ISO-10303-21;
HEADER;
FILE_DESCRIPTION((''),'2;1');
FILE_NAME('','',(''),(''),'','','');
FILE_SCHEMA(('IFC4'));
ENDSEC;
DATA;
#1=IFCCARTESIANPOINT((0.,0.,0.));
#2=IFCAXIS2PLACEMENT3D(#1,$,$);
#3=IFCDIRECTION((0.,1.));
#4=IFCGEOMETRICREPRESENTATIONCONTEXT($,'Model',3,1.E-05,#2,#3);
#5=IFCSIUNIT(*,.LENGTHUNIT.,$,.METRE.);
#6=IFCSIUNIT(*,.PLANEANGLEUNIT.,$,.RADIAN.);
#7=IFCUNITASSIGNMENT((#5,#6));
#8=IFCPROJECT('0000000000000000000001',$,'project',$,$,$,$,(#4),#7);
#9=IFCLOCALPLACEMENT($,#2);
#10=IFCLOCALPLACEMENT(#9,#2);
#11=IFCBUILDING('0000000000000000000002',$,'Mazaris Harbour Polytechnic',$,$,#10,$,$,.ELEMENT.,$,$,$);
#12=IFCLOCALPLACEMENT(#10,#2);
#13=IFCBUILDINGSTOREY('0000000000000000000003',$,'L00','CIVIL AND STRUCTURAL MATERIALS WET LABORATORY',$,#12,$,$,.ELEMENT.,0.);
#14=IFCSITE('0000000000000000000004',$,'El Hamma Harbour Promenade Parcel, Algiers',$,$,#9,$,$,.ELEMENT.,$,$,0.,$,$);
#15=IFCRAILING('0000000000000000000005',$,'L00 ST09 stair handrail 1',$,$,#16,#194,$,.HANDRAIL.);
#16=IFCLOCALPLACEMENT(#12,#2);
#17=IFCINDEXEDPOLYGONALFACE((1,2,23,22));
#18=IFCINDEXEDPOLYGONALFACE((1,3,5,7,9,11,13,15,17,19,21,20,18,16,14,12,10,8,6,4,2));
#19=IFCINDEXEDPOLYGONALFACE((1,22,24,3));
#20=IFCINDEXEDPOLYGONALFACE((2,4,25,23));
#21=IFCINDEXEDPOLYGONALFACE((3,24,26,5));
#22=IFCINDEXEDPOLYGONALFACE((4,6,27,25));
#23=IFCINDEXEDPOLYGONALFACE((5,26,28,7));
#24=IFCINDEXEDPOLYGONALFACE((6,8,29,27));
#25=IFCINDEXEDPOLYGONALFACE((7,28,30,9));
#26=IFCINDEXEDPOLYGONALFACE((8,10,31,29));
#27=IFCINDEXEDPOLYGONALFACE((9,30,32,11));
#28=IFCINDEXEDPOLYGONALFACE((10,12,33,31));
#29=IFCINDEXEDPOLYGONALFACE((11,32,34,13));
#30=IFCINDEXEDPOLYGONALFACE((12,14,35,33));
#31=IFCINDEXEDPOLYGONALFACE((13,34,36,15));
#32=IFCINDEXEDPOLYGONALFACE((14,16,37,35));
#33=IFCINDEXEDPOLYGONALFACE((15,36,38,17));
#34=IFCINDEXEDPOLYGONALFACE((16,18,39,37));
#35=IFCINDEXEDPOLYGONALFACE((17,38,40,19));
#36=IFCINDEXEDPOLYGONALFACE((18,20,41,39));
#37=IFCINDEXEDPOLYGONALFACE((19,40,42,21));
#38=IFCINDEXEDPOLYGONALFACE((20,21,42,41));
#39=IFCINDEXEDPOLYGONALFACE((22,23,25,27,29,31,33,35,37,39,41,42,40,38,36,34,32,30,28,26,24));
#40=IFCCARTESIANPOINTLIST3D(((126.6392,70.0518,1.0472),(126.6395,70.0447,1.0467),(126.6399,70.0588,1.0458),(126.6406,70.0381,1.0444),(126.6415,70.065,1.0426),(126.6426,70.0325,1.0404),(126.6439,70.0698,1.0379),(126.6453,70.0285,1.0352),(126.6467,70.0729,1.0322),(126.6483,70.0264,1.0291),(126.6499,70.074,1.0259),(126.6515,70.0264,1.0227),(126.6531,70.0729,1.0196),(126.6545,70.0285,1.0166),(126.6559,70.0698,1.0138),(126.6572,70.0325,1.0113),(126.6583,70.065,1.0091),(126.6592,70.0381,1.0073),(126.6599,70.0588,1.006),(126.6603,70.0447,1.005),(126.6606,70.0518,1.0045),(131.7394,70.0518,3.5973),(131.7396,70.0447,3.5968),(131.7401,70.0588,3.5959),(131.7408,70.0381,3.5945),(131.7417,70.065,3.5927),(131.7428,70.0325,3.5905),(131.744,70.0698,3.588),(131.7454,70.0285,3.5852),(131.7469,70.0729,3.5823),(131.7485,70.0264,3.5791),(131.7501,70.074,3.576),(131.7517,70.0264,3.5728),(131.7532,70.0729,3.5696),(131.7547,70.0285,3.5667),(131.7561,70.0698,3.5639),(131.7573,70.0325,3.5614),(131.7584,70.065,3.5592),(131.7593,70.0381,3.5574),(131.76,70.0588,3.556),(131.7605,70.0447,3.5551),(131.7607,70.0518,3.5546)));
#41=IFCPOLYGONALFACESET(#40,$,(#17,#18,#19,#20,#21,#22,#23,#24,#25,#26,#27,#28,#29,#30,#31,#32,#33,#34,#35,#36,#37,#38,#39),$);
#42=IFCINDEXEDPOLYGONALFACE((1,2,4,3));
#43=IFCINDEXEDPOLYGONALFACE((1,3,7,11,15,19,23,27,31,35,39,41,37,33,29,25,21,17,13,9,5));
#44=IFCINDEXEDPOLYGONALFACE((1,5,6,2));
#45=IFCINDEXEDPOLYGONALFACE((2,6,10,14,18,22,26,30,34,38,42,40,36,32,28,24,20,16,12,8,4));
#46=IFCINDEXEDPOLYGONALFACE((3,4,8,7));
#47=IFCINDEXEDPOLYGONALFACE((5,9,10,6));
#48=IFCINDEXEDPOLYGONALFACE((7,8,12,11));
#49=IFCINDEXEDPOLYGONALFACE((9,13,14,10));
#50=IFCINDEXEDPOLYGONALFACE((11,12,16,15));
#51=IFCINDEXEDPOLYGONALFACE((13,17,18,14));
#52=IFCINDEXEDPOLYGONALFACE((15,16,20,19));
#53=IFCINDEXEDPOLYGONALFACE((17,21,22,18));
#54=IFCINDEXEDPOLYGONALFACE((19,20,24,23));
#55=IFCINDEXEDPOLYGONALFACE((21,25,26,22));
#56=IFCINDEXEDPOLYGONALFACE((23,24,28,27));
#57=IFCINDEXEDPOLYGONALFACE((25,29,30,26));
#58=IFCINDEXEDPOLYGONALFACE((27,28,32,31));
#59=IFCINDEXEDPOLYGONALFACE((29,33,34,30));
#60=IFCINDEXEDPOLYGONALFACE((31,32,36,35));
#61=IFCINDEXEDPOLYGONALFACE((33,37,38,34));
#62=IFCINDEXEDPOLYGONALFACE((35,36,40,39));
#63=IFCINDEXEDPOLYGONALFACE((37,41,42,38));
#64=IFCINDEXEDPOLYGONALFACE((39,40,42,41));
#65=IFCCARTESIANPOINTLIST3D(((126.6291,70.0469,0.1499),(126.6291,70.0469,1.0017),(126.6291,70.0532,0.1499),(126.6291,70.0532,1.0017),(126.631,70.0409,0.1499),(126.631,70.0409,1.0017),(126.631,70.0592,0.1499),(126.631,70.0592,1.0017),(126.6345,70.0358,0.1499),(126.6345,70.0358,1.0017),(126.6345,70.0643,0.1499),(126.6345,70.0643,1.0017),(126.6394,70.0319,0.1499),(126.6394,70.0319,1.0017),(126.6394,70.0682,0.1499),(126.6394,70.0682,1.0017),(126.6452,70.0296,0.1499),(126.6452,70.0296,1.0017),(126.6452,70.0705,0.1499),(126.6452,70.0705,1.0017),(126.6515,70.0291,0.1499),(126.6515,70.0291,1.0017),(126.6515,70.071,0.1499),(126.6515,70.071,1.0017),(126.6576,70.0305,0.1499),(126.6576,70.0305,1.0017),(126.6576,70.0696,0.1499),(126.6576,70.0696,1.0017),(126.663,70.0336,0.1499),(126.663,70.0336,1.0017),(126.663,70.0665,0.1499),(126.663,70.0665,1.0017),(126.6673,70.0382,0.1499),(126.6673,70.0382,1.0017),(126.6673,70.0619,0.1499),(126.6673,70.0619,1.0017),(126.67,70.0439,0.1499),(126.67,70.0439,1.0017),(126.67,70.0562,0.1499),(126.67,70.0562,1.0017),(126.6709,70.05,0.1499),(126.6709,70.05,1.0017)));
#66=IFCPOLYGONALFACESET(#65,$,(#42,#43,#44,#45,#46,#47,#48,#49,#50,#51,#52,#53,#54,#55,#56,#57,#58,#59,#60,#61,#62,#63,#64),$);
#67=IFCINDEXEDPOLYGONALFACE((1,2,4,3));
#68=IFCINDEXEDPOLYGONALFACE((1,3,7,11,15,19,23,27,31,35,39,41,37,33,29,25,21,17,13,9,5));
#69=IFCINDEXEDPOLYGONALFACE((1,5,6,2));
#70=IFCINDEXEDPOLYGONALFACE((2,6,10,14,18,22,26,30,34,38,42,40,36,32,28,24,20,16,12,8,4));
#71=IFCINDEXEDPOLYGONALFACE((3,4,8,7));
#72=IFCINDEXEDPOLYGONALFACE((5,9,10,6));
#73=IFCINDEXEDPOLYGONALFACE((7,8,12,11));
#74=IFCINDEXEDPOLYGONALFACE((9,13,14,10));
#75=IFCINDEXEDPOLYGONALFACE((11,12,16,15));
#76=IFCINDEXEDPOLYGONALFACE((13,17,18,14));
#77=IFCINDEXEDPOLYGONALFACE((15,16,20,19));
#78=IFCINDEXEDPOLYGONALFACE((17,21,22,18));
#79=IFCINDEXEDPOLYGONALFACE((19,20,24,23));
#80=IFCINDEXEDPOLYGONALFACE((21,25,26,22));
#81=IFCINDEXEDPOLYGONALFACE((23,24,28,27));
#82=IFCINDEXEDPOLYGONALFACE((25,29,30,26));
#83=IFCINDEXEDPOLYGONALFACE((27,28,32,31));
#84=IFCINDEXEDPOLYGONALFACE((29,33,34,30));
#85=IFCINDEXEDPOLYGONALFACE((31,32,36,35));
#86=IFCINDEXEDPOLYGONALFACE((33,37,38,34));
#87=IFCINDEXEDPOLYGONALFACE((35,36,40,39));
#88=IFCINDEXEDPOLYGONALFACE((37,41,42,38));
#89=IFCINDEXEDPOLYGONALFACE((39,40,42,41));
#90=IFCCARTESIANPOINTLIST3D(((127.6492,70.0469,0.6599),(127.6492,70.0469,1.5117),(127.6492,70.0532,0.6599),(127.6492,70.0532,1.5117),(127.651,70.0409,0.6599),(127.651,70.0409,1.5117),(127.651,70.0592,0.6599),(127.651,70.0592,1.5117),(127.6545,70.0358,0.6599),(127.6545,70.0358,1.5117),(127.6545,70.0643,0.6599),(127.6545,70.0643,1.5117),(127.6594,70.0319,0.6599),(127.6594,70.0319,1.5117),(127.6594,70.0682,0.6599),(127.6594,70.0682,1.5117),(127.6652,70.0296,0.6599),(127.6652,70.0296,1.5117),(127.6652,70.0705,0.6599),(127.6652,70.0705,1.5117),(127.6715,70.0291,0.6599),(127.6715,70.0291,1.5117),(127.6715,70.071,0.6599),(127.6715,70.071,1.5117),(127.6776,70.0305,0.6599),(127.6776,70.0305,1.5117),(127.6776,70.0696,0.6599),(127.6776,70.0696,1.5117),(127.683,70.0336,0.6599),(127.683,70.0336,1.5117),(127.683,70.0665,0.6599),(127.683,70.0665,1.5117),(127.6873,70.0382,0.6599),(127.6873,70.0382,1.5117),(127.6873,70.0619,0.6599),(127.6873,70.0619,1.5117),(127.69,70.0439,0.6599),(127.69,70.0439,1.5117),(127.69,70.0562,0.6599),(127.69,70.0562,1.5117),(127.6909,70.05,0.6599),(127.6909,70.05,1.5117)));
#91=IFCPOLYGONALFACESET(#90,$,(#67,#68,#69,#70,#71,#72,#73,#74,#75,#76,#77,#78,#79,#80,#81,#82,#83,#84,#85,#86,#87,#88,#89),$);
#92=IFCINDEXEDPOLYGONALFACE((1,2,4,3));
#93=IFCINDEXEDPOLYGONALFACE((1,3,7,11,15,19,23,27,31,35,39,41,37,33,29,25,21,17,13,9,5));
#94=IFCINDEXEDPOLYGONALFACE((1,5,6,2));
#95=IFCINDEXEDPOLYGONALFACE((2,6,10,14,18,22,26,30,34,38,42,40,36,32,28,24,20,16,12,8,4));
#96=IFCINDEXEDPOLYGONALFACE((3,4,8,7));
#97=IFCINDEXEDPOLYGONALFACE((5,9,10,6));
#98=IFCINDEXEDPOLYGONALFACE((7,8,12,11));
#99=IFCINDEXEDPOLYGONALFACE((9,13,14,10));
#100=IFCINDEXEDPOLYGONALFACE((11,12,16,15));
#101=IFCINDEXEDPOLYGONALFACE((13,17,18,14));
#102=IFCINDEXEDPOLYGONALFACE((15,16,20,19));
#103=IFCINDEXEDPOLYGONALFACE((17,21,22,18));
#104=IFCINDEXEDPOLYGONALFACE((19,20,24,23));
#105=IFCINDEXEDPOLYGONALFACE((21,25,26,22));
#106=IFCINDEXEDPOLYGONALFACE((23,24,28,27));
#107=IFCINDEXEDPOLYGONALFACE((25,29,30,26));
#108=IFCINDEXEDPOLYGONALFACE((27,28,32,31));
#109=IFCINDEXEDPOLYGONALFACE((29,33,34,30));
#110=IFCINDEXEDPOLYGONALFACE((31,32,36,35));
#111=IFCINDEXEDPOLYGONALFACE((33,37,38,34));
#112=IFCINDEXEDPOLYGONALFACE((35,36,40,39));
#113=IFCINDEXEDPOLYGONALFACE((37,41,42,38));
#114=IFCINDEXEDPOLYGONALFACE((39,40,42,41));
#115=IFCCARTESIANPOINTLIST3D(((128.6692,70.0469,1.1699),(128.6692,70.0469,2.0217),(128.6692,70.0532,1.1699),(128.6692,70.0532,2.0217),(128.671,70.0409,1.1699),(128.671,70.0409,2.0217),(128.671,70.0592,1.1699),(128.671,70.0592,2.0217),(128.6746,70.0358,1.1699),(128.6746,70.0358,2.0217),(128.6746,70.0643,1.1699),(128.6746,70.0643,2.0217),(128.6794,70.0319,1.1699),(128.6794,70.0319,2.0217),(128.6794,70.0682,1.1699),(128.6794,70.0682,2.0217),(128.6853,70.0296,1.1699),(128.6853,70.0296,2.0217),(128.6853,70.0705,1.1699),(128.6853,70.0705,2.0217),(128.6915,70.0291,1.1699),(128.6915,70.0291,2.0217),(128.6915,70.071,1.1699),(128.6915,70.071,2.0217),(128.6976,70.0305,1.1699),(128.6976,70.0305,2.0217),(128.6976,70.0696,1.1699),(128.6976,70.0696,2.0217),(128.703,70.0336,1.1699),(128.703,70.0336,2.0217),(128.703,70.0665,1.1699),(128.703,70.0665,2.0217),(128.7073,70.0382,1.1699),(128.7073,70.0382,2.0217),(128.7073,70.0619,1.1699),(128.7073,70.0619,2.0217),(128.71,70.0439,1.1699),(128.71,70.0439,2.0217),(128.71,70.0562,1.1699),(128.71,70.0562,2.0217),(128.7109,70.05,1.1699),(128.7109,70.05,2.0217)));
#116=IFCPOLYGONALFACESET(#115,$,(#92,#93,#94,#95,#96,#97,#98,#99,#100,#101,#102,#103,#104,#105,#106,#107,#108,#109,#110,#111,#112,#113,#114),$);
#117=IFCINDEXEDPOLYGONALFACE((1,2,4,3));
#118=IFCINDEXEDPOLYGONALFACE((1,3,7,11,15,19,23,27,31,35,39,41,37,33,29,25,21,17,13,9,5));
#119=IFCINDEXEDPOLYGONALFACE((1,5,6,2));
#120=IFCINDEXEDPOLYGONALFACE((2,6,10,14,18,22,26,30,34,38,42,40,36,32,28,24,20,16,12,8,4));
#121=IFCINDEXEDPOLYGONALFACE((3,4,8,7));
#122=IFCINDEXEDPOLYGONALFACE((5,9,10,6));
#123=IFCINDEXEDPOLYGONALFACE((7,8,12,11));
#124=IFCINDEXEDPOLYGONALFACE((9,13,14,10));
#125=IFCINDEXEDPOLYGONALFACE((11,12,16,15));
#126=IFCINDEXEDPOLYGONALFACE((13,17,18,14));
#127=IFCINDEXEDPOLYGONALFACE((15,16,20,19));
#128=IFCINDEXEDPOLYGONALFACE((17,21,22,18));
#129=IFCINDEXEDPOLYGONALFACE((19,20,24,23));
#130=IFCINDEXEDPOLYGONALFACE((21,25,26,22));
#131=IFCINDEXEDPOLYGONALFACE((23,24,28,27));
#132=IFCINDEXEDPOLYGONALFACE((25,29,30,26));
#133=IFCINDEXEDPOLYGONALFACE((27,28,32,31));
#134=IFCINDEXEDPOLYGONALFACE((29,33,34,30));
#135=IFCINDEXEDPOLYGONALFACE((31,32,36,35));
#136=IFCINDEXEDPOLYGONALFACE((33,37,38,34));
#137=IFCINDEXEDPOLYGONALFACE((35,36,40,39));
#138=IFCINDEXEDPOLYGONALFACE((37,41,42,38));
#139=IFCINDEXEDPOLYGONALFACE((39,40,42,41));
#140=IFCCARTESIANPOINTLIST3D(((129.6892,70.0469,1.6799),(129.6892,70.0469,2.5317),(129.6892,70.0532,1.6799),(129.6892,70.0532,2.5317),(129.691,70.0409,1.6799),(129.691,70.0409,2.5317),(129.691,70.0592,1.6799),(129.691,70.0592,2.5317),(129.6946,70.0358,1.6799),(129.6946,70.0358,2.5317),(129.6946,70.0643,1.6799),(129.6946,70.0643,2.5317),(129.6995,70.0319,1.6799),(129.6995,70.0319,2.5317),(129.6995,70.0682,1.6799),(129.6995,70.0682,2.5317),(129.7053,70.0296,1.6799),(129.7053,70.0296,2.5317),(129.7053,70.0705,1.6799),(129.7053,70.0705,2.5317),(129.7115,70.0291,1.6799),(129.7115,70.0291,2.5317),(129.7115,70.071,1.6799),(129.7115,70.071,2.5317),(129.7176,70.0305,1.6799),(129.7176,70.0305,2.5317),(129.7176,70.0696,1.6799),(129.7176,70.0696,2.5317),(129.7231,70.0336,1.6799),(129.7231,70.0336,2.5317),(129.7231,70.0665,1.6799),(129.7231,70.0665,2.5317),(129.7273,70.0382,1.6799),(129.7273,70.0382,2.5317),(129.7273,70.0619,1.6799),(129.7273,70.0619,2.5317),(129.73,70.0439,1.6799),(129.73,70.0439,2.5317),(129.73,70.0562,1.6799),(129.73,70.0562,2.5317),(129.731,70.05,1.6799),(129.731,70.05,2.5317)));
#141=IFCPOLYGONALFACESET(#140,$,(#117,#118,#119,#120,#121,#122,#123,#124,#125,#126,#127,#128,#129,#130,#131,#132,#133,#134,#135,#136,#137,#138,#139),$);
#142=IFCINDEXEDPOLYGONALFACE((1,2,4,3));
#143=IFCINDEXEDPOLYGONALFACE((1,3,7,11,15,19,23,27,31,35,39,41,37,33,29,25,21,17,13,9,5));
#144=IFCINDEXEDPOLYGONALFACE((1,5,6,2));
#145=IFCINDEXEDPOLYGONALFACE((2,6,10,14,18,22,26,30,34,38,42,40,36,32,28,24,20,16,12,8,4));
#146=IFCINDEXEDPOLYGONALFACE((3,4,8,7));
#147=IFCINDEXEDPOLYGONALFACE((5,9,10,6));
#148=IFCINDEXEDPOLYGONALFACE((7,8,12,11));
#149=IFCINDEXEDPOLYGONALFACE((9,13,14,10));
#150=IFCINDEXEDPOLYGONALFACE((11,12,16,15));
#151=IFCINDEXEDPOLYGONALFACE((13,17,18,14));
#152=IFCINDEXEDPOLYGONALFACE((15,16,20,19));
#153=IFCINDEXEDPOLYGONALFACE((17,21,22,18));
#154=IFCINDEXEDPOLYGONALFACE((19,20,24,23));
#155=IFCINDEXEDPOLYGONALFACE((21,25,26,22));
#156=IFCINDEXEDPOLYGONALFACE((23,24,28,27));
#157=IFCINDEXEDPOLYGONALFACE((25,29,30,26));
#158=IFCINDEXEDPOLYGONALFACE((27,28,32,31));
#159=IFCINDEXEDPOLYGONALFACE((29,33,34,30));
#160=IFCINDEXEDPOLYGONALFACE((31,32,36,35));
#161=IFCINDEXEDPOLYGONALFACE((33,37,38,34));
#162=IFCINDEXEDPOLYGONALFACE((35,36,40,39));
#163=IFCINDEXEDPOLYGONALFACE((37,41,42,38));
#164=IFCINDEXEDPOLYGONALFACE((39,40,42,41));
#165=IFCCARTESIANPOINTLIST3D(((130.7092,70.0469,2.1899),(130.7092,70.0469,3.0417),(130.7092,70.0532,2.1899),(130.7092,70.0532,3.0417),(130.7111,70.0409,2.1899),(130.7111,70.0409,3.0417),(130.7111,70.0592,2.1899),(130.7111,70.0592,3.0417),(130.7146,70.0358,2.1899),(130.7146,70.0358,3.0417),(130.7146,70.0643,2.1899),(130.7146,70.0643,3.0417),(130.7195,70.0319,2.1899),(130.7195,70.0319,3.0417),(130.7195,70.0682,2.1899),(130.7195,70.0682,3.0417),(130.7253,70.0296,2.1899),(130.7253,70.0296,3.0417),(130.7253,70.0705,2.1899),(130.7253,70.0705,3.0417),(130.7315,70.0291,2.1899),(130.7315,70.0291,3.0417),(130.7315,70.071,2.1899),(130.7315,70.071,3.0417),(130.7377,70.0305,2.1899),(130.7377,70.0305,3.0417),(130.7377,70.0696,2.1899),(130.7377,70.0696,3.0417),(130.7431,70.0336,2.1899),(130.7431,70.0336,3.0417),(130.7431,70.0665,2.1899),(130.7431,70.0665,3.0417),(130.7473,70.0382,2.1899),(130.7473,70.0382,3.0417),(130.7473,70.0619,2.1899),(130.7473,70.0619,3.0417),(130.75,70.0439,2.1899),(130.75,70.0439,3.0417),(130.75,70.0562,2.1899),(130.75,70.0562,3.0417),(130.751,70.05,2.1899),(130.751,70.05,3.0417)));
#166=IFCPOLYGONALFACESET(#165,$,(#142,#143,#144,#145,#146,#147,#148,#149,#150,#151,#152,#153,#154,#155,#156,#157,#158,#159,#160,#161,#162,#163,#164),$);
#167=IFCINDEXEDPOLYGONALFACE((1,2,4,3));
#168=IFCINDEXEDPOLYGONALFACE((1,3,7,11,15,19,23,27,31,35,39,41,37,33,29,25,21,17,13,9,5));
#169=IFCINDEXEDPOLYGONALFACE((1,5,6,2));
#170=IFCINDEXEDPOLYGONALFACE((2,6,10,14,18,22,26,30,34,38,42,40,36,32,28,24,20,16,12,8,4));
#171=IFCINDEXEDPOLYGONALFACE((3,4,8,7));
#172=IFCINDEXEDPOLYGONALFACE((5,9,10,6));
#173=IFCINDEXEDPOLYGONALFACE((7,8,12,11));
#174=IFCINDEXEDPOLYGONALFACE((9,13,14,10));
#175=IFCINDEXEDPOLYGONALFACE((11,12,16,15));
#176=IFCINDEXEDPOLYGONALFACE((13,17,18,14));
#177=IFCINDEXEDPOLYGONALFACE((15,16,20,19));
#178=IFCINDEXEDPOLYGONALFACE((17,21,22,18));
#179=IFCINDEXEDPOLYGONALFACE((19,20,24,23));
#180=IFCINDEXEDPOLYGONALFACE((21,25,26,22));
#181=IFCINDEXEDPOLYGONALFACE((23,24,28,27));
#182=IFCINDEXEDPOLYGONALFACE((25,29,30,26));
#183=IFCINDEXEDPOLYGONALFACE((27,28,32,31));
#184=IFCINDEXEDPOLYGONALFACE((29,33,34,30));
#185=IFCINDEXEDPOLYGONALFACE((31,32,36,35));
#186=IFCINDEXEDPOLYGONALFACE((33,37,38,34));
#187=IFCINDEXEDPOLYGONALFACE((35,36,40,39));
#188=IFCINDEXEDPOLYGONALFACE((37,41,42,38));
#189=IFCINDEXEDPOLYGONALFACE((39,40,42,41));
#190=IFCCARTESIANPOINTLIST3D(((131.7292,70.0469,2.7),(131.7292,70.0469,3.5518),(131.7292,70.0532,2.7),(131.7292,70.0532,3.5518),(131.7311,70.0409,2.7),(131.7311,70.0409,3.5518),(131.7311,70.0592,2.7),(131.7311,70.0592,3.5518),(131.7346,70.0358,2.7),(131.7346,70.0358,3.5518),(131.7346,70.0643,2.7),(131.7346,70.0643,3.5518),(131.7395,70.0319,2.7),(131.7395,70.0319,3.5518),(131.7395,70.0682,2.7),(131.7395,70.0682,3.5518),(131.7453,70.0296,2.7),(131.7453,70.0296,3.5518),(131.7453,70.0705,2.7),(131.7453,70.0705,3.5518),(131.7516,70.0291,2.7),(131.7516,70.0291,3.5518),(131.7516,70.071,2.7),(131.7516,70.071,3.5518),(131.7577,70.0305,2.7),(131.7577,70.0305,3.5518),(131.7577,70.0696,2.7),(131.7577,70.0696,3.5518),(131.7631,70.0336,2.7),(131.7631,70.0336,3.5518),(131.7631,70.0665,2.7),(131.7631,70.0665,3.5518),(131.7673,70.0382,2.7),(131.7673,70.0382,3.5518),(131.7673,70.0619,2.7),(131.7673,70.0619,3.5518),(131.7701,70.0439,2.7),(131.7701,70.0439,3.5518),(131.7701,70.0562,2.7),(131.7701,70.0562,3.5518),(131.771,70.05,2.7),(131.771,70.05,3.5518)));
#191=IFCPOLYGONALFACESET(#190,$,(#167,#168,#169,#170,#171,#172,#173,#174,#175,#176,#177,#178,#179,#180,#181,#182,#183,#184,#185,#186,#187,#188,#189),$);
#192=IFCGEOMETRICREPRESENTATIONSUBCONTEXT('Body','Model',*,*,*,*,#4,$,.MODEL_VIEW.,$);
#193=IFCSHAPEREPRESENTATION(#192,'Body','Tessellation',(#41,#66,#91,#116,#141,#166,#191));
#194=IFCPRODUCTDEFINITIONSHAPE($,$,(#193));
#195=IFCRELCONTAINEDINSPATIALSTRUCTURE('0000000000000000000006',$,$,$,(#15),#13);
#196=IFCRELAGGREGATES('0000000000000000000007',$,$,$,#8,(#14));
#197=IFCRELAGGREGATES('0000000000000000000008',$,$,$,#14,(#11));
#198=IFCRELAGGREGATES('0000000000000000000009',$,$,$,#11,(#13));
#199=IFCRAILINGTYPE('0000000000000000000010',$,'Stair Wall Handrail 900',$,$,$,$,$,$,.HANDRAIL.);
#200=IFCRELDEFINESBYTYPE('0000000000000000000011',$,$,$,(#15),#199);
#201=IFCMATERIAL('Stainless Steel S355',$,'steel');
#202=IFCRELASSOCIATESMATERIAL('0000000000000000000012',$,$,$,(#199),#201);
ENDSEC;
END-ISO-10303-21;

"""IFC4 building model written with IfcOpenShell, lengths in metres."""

from ifc_helpers import new_model, si_unit, direction, frame, origin, origin_2d, place, context, subcontext, project, spatial, circle, extrude, material, type_object, element, save


model = new_model("IFC4")

# Units and contexts
model_context = context("Model", 3, precision=1e-05, world=origin(), true_north=direction((0.0, 1.0)))
body_context = subcontext(model_context, "Body", "Model", "MODEL_VIEW")
ifc_project = project(units=[si_unit("LENGTHUNIT", "METRE"), si_unit("PLANEANGLEUNIT", "RADIAN")], contexts=[model_context])

# Site, building, storey
site_placement = place(None, origin())
site = spatial("IfcSite", under=ifc_project, at=site_placement, Name="El Hamma Harbour Promenade Parcel, Algiers", CompositionType="ELEMENT", RefElevation=0.0)
building_placement = place(site_placement, origin())
building = spatial("IfcBuilding", under=site, at=building_placement, Name="Mazaris Harbour Polytechnic", CompositionType="ELEMENT")
storey_placement = place(building_placement, origin())
storey = spatial("IfcBuildingStorey", under=building, at=storey_placement, Name="L00", Description="CIVIL AND STRUCTURAL MATERIALS WET LABORATORY", CompositionType="ELEMENT", Elevation=0.0)

# Railing
ifc_material_1 = material(Name="Stainless Steel S355", Category="steel")
railing_type_1 = type_object("IfcRailingType", Name="Stair Wall Handrail 900", PredefinedType="HANDRAIL", material=ifc_material_1)
railing_1_placement = place(storey_placement, frame((126.6499, 70.05, 0.1499)))
element("IfcRailing", 1, at=railing_1_placement, inside=storey, type_object=railing_type_1, Name="L00 ST09 stair handrail 1", PredefinedType="HANDRAIL", context=body_context, shape_type="SweptSolid", body=[
    extrude(circle(Radius=0.0239, at=origin_2d()), frame((0.0, 0.0, 0.876), z_axis=(0.894427, 0.0, 0.447214), x_axis=(0.0, 1.0, 0.0)), (0.0, 0.0, 1.0), 5.7021),
    extrude(circle(Radius=0.021, at=origin_2d()), origin(), (0.0, 0.0, 1.0), 0.8518),
    extrude(circle(Radius=0.021, at=origin_2d()), frame((1.02, 0.0, 0.51)), (0.0, 0.0, 1.0), 0.8518),
    extrude(circle(Radius=0.021, at=origin_2d()), frame((2.04, 0.0, 1.02)), (0.0, 0.0, 1.0), 0.8518),
    extrude(circle(Radius=0.021, at=origin_2d()), frame((3.0601, 0.0, 1.53)), (0.0, 0.0, 1.0), 0.8518),
    extrude(circle(Radius=0.021, at=origin_2d()), frame((4.0801, 0.0, 2.04)), (0.0, 0.0, 1.0), 0.8518),
    extrude(circle(Radius=0.021, at=origin_2d()), frame((5.1001, 0.0, 2.55)), (0.0, 0.0, 1.0), 0.8518),
])

save(model, "model.ifc")
